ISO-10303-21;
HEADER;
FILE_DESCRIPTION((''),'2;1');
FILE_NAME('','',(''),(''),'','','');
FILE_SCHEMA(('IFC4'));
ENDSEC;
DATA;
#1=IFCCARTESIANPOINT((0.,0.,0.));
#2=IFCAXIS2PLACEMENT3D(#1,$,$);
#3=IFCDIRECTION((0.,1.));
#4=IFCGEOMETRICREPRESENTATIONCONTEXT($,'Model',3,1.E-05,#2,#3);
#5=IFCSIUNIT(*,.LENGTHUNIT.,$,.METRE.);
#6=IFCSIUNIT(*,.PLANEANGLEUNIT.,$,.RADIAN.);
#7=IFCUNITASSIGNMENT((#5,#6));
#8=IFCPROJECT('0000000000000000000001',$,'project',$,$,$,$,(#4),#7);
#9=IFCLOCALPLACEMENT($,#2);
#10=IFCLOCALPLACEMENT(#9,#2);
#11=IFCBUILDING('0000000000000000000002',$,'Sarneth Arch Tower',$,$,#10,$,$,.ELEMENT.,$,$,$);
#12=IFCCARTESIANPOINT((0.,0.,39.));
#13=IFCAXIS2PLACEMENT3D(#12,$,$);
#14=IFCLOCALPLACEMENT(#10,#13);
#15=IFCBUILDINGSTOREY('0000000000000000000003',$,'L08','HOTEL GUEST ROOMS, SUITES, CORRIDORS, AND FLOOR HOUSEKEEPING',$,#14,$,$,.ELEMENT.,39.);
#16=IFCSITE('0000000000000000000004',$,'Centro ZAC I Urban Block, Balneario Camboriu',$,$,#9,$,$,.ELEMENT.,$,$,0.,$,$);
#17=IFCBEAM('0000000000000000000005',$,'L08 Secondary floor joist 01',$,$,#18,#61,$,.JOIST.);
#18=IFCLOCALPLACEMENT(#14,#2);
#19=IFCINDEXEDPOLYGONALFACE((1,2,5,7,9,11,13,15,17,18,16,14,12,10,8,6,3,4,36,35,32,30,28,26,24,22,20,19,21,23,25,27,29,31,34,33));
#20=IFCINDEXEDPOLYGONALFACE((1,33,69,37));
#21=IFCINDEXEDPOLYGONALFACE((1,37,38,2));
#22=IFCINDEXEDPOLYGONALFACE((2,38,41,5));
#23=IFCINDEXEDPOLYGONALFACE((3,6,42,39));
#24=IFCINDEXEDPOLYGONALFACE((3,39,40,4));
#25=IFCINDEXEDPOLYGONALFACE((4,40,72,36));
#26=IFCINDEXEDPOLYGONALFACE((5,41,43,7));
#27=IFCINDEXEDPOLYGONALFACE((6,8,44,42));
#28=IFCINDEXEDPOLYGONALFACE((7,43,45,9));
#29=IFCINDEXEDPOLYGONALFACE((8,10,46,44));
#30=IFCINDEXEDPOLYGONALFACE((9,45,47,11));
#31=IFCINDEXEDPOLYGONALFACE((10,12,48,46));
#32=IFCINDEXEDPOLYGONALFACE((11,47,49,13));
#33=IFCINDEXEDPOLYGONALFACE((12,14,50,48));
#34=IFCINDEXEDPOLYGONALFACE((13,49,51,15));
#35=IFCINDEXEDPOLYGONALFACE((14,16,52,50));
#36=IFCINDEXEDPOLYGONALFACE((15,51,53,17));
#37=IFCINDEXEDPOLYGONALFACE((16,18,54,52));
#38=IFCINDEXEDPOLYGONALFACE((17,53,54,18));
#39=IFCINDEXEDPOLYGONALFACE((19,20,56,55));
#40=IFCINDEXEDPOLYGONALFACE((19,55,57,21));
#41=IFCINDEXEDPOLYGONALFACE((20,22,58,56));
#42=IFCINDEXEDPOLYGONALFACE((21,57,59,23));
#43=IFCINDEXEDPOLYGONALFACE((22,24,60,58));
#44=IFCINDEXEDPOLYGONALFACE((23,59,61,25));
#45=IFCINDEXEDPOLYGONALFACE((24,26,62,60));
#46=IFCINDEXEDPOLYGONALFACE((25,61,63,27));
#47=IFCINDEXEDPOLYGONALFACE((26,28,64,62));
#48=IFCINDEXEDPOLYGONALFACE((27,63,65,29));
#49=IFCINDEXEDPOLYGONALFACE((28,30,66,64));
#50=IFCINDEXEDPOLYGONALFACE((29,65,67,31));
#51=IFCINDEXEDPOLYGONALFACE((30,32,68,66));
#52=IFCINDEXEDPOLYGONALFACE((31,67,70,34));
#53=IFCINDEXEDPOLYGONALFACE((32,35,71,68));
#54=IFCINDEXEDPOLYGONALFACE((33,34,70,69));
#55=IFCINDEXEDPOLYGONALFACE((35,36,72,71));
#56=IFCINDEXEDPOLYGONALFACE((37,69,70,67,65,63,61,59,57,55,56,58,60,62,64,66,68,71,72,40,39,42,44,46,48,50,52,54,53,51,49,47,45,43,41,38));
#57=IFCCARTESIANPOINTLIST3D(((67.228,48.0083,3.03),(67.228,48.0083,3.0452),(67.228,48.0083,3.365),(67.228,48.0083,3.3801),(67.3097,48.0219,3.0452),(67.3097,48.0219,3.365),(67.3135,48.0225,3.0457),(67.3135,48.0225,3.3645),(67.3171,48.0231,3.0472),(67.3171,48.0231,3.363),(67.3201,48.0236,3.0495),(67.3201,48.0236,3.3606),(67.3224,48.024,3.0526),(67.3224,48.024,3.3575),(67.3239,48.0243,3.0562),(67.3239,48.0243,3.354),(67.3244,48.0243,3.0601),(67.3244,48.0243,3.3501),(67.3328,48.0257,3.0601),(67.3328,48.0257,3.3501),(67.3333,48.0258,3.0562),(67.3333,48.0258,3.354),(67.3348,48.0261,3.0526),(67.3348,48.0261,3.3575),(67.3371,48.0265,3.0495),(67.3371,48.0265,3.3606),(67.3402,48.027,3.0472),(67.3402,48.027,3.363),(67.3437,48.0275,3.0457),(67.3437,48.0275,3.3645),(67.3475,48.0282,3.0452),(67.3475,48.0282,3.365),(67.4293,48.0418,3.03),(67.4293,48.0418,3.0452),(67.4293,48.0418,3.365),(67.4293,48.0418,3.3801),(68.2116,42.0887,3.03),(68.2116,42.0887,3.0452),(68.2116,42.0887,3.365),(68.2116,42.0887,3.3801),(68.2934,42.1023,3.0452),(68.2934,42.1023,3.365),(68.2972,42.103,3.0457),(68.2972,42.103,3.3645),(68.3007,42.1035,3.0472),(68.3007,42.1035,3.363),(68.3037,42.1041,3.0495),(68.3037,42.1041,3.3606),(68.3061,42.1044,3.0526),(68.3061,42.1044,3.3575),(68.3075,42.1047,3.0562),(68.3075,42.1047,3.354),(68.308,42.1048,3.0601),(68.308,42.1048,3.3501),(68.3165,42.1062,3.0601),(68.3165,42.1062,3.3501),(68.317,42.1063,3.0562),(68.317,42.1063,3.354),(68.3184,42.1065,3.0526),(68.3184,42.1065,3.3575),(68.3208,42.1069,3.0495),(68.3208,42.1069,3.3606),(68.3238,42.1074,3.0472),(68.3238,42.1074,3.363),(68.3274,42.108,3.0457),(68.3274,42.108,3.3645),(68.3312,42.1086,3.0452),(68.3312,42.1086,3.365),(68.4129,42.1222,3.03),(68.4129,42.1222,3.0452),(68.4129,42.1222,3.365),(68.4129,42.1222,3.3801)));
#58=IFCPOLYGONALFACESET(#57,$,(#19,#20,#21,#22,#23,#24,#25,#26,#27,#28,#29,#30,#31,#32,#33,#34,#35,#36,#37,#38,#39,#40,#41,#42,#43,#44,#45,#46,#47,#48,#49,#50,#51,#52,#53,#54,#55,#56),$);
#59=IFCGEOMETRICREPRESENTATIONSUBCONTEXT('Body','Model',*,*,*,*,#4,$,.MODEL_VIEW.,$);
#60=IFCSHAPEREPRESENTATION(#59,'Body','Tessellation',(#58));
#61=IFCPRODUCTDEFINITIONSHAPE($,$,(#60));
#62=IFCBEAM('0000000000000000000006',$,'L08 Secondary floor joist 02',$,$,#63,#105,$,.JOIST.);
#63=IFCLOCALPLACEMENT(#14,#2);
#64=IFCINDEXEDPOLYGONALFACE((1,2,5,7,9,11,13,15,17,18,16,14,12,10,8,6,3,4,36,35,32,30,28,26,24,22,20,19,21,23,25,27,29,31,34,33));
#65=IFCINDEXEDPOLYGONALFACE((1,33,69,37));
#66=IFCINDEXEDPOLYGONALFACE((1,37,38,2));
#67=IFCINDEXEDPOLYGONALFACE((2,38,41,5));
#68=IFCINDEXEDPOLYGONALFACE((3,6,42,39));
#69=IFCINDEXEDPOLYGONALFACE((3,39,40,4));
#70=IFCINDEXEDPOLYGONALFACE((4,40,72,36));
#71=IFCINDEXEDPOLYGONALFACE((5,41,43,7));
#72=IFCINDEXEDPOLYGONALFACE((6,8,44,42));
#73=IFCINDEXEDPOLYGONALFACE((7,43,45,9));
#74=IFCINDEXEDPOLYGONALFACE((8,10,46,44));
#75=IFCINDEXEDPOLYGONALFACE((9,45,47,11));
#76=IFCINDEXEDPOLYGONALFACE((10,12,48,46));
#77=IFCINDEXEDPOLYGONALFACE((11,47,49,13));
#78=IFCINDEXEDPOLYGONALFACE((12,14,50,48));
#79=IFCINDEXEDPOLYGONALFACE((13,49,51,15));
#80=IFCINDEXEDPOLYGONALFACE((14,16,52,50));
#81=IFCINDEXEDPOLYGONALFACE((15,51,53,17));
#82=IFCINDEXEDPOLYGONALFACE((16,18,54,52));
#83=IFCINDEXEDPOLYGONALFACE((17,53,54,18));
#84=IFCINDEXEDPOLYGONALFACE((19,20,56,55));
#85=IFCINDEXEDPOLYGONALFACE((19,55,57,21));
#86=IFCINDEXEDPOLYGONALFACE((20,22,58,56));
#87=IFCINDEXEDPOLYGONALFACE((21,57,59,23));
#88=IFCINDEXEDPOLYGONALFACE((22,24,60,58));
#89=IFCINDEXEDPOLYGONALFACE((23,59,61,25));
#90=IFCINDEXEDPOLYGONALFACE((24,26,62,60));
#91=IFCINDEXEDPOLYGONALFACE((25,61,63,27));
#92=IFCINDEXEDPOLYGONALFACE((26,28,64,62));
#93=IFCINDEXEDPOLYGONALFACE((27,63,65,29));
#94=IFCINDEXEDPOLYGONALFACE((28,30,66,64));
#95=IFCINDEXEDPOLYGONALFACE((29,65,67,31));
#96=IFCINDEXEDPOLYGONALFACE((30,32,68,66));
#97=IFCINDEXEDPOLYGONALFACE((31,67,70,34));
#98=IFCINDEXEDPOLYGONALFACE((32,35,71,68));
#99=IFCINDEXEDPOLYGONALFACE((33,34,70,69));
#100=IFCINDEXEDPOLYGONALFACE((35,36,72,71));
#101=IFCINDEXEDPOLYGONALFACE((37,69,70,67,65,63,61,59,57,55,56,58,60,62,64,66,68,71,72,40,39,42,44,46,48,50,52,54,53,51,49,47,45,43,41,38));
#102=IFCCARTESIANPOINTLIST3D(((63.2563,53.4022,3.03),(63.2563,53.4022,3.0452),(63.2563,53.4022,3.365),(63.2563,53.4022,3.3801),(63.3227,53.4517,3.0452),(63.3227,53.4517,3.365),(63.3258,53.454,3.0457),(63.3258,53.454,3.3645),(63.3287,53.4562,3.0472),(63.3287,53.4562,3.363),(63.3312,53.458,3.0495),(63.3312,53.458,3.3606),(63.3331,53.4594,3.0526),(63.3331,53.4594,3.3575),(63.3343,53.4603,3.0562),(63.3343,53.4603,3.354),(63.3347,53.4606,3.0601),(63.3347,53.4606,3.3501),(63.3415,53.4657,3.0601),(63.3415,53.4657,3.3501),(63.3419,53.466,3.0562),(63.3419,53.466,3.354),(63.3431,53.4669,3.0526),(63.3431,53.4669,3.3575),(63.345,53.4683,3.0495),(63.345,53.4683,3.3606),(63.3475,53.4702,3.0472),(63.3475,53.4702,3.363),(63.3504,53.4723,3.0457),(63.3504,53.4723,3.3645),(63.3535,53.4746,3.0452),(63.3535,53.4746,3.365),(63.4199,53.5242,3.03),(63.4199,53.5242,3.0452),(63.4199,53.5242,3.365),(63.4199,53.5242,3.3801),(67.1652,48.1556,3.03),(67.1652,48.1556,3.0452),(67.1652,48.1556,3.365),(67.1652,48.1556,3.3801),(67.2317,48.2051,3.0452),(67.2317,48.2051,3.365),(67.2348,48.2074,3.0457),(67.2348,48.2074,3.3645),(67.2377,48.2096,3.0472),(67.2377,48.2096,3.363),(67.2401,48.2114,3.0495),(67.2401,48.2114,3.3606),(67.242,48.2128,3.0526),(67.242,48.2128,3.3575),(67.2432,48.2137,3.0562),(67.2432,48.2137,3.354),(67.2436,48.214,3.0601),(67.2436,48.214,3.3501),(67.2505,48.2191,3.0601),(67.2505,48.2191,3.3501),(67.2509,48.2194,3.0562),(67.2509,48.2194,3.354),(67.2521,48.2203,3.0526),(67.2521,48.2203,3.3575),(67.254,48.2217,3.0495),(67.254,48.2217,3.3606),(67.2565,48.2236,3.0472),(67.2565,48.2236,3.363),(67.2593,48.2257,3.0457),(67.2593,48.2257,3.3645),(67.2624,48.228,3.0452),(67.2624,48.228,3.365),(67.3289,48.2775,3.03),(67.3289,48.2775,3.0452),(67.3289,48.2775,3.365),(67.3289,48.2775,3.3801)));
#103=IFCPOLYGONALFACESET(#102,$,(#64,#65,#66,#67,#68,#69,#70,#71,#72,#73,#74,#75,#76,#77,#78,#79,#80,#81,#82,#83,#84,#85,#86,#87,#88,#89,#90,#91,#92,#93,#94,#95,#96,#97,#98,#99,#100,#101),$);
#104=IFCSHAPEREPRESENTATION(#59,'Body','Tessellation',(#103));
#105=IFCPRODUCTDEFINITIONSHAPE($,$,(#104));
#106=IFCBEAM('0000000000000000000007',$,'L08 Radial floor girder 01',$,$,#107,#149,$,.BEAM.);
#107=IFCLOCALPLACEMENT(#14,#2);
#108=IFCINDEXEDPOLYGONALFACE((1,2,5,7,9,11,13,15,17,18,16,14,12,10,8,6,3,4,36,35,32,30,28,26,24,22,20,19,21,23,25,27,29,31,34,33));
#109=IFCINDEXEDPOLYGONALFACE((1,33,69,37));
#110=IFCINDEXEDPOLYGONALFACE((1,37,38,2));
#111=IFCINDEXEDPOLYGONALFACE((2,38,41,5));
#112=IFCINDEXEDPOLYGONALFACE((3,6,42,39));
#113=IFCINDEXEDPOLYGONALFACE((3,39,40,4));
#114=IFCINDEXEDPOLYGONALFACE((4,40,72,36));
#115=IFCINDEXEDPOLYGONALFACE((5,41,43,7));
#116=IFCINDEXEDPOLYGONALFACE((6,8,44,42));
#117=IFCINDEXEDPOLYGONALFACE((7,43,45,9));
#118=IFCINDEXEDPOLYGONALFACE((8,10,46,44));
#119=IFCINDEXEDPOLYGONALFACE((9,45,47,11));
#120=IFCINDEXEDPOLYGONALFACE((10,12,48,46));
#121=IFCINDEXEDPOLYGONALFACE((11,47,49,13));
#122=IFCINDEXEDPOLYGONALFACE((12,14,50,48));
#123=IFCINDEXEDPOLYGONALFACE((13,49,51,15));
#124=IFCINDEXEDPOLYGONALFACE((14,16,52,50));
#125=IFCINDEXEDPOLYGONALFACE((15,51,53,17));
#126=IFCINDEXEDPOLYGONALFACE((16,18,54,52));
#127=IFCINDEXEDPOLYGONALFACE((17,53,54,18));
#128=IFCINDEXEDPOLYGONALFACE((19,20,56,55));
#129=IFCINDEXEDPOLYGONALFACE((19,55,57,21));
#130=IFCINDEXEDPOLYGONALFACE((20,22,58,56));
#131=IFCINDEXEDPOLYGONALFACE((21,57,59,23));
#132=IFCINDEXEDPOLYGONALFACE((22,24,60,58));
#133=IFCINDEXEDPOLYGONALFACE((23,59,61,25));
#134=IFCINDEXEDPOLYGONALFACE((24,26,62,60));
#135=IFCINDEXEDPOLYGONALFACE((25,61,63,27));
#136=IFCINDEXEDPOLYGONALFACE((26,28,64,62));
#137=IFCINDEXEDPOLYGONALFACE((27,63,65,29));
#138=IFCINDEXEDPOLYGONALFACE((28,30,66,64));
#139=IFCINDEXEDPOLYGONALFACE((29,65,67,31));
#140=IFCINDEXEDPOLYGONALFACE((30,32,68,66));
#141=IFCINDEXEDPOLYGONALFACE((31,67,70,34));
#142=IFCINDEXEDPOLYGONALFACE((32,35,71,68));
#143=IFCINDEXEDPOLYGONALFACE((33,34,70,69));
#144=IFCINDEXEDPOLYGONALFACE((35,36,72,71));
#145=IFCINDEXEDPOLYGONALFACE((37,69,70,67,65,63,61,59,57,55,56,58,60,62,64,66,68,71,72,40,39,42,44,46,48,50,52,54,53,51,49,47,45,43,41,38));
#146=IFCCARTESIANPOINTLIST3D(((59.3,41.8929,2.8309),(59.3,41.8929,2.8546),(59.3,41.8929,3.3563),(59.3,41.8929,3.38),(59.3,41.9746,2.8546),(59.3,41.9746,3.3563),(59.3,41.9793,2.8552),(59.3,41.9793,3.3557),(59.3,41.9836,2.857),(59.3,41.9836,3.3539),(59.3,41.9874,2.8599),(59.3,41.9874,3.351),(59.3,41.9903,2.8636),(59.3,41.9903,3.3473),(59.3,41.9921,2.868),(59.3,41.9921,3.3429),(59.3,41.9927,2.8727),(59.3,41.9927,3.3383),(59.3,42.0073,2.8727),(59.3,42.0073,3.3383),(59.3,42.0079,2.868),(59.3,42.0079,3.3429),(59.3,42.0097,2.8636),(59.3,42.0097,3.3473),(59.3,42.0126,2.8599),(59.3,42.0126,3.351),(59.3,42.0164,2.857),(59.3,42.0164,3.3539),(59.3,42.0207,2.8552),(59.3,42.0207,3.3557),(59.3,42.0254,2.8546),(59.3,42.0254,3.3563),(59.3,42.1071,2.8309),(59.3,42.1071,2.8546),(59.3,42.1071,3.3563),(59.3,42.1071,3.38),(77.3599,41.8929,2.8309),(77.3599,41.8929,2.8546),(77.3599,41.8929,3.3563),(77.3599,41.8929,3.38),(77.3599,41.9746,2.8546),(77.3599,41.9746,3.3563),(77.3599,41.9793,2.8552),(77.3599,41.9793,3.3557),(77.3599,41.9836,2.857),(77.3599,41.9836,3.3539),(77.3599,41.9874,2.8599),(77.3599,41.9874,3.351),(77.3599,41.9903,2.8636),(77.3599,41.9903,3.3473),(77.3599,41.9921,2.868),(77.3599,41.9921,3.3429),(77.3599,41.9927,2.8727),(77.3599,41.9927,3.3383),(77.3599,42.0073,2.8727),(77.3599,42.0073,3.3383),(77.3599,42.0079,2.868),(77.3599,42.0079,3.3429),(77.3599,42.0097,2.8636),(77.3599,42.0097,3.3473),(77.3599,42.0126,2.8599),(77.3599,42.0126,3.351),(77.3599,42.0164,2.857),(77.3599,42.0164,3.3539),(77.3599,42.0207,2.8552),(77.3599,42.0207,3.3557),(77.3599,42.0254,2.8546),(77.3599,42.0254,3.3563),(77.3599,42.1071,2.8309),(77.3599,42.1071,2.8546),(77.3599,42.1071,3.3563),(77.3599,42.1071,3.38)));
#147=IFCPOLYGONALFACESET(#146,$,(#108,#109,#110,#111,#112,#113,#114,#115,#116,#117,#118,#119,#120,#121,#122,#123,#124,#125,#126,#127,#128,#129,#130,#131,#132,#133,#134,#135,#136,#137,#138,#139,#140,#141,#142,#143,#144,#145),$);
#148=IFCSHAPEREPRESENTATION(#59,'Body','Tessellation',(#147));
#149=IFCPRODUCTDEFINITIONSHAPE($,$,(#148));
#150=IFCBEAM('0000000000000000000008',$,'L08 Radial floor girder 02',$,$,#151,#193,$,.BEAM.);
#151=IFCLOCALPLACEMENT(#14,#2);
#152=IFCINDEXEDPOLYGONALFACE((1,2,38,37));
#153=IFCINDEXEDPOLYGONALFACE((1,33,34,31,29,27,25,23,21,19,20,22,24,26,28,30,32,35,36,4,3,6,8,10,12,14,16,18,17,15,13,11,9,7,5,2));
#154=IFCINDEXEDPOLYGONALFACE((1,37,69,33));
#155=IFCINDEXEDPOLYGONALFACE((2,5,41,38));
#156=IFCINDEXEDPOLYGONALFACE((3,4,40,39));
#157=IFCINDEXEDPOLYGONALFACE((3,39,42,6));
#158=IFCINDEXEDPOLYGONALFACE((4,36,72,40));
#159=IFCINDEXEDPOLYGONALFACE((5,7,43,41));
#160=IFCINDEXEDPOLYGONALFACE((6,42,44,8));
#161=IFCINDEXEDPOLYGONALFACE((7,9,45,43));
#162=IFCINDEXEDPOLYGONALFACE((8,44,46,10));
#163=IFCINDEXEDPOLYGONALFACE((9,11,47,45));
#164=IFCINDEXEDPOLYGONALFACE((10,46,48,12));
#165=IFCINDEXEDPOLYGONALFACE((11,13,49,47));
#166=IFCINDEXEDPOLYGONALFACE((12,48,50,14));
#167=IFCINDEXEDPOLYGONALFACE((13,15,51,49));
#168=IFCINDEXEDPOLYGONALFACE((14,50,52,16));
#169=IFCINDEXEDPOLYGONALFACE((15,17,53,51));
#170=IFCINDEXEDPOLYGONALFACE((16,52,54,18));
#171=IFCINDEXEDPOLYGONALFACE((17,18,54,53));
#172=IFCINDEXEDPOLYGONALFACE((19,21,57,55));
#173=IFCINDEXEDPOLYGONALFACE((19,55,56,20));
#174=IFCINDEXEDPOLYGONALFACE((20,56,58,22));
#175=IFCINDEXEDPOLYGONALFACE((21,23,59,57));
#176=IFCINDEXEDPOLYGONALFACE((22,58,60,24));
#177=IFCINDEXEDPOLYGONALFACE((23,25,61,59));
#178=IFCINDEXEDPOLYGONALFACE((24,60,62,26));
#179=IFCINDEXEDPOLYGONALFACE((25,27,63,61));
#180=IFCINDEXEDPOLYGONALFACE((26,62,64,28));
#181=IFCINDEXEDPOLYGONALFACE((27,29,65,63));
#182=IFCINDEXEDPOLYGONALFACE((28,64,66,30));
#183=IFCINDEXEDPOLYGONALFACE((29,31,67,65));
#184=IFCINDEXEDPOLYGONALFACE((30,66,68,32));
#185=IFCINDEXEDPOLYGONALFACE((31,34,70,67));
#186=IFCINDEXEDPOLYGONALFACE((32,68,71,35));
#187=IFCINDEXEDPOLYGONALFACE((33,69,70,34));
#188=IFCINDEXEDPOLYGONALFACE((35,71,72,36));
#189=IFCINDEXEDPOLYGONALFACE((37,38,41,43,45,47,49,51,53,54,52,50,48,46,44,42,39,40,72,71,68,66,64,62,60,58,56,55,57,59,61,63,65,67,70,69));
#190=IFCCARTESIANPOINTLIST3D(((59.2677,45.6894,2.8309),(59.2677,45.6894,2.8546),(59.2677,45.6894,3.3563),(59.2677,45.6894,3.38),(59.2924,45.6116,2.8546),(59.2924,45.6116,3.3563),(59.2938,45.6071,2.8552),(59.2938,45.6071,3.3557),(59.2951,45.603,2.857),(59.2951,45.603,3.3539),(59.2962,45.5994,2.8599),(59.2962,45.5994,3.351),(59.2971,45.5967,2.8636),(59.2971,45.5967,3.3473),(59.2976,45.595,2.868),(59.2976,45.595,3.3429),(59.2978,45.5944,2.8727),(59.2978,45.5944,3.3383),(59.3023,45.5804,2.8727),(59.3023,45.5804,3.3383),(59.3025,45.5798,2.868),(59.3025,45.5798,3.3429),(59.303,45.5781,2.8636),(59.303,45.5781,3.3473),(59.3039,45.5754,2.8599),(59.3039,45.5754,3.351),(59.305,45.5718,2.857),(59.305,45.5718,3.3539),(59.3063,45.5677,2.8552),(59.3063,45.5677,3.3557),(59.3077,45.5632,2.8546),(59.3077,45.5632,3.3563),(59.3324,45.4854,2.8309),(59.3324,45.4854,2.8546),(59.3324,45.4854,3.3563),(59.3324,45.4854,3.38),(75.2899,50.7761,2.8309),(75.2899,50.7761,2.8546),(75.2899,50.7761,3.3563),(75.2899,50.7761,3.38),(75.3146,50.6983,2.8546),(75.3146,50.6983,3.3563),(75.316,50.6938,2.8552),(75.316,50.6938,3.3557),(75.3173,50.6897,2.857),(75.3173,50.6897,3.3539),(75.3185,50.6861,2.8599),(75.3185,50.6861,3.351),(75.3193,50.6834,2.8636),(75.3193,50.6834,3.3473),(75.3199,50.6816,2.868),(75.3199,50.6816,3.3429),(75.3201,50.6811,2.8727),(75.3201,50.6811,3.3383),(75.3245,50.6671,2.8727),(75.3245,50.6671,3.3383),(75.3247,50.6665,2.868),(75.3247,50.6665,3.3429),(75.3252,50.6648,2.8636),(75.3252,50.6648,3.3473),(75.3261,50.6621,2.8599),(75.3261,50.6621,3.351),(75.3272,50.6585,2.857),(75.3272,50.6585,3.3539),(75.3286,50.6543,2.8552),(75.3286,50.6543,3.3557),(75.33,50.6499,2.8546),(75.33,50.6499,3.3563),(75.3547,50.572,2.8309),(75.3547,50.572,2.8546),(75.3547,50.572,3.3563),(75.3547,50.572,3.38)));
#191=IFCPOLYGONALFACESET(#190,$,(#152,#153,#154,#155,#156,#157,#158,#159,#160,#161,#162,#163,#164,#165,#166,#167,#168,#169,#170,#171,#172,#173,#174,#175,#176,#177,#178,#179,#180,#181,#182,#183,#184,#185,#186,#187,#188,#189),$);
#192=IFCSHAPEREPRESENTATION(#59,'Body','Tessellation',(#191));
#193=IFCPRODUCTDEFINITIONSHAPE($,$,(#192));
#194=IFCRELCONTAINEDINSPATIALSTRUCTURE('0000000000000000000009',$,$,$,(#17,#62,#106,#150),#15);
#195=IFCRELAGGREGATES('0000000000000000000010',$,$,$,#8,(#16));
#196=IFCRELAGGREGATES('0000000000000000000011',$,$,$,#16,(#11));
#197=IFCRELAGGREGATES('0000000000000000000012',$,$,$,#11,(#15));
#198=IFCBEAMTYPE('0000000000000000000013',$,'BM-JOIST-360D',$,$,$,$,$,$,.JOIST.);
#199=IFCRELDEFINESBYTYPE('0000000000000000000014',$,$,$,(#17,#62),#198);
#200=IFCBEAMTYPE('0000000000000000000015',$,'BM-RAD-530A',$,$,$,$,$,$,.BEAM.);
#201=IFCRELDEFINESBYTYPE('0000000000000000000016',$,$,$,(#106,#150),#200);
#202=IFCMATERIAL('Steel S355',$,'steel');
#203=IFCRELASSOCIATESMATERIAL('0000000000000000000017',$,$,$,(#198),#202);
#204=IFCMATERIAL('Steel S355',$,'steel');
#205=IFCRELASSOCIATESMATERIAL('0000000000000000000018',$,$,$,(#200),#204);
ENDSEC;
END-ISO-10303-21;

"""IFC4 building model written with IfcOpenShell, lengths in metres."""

from ifc_helpers import new_model, si_unit, direction, frame, origin, origin_2d, place, context, subcontext, project, spatial, i_section, extrude, material, material_profile, profile_set, type_object, element, save


model = new_model("IFC4")

# Units and contexts
model_context = context("Model", 3, precision=1e-05, world=origin(), true_north=direction((0.0, 1.0)))
body_context = subcontext(model_context, "Body", "Model", "MODEL_VIEW")
ifc_project = project(units=[si_unit("LENGTHUNIT", "METRE"), si_unit("PLANEANGLEUNIT", "RADIAN")], contexts=[model_context])

# Site, building, storey
site_placement = place(None, origin())
site = spatial("IfcSite", under=ifc_project, at=site_placement, Name="Centro ZAC I Urban Block, Balneario Camboriu", CompositionType="ELEMENT", RefElevation=0.0)
building_placement = place(site_placement, origin())
building = spatial("IfcBuilding", under=site, at=building_placement, Name="Sarneth Arch Tower", CompositionType="ELEMENT")
storey_placement = place(building_placement, frame((0.0, 0.0, 39.0)))
storey = spatial("IfcBuildingStorey", under=building, at=storey_placement, Name="L08", Description="HOTEL GUEST ROOMS, SUITES, CORRIDORS, AND FLOOR HOUSEKEEPING", CompositionType="ELEMENT", Elevation=39.0)

# Beams
ifc_material_1 = material(Name="Steel S355", Category="steel")
ifc_material_profile_1 = material_profile(ifc_material_1, i_section(OverallWidth=0.2041, OverallDepth=0.3501, WebThickness=0.0085, FlangeThickness=0.0151, FilletRadius=0.0149, at=origin_2d()), Name="W360x72")
ifc_profile_set_1 = profile_set([ifc_material_profile_1], Name="Steel S355")
beam_type_1 = type_object("IfcBeamType", Name="BM-JOIST-360D", PredefinedType="JOIST", material=ifc_profile_set_1)
beam_1_placement = place(storey_placement, frame((68.3123, 42.1055, 3.2051), z_axis=(-0.163917, 0.986474, 0.0), x_axis=(-0.986474, -0.163917, 0.0)))
element("IfcBeam", 1, at=beam_1_placement, inside=storey, type_object=beam_type_1, Name="L08 Secondary floor joist 01", PredefinedType="JOIST", context=body_context, shape_type="SweptSolid", body=[
    extrude(i_section(OverallWidth=0.2041, OverallDepth=0.3501, WebThickness=0.0085, FlangeThickness=0.0151, FilletRadius=0.0149, at=origin_2d()), origin(), (0.0, 0.0, 1.0), 6.0007),
])
beam_2_placement = place(storey_placement, frame((67.2471, 48.2166, 3.2051), z_axis=(-0.597454, 0.801904, 0.0), x_axis=(-0.801904, -0.597454, 0.0)))
element("IfcBeam", 2, at=beam_2_placement, inside=storey, type_object=beam_type_1, Name="L08 Secondary floor joist 02", PredefinedType="JOIST", context=body_context, shape_type="SweptSolid", body=[
    extrude(i_section(OverallWidth=0.2041, OverallDepth=0.3501, WebThickness=0.0085, FlangeThickness=0.0151, FilletRadius=0.0149, at=origin_2d()), origin(), (0.0, 0.0, 1.0), 6.5427),
])
ifc_material_2 = material(Name="Steel S355", Category="steel")
ifc_material_profile_2 = material_profile(ifc_material_2, i_section(OverallWidth=0.2141, OverallDepth=0.5491, WebThickness=0.0146, FlangeThickness=0.0237, FilletRadius=0.0181, at=origin_2d()), Name="W530x138")
ifc_profile_set_2 = profile_set([ifc_material_profile_2], Name="Steel S355")
beam_type_2 = type_object("IfcBeamType", Name="BM-RAD-530A", PredefinedType="BEAM", material=ifc_profile_set_2)
beam_3_placement = place(storey_placement, frame((59.3, 42.0, 3.1055), z_axis=(1.0, 0.0, 0.0), x_axis=(0.0, 1.0, 0.0)))
element("IfcBeam", 3, at=beam_3_placement, inside=storey, type_object=beam_type_2, Name="L08 Radial floor girder 01", PredefinedType="BEAM", context=body_context, shape_type="SweptSolid", body=[
    extrude(i_section(OverallWidth=0.2141, OverallDepth=0.5491, WebThickness=0.0146, FlangeThickness=0.0237, FilletRadius=0.0181, at=origin_2d()), origin(), (0.0, 0.0, 1.0), 18.0598),
])
beam_4_placement = place(storey_placement, frame((59.3, 45.5874, 3.1055), z_axis=(0.95312, 0.302593, 0.0), x_axis=(-0.302593, 0.95312, 0.0)))
element("IfcBeam", 4, at=beam_4_placement, inside=storey, type_object=beam_type_2, Name="L08 Radial floor girder 02", PredefinedType="BEAM", context=body_context, shape_type="SweptSolid", body=[
    extrude(i_section(OverallWidth=0.2141, OverallDepth=0.5491, WebThickness=0.0146, FlangeThickness=0.0237, FilletRadius=0.0181, at=origin_2d()), origin(), (0.0, 0.0, 1.0), 16.8103),
])

save(model, "model.ifc")
